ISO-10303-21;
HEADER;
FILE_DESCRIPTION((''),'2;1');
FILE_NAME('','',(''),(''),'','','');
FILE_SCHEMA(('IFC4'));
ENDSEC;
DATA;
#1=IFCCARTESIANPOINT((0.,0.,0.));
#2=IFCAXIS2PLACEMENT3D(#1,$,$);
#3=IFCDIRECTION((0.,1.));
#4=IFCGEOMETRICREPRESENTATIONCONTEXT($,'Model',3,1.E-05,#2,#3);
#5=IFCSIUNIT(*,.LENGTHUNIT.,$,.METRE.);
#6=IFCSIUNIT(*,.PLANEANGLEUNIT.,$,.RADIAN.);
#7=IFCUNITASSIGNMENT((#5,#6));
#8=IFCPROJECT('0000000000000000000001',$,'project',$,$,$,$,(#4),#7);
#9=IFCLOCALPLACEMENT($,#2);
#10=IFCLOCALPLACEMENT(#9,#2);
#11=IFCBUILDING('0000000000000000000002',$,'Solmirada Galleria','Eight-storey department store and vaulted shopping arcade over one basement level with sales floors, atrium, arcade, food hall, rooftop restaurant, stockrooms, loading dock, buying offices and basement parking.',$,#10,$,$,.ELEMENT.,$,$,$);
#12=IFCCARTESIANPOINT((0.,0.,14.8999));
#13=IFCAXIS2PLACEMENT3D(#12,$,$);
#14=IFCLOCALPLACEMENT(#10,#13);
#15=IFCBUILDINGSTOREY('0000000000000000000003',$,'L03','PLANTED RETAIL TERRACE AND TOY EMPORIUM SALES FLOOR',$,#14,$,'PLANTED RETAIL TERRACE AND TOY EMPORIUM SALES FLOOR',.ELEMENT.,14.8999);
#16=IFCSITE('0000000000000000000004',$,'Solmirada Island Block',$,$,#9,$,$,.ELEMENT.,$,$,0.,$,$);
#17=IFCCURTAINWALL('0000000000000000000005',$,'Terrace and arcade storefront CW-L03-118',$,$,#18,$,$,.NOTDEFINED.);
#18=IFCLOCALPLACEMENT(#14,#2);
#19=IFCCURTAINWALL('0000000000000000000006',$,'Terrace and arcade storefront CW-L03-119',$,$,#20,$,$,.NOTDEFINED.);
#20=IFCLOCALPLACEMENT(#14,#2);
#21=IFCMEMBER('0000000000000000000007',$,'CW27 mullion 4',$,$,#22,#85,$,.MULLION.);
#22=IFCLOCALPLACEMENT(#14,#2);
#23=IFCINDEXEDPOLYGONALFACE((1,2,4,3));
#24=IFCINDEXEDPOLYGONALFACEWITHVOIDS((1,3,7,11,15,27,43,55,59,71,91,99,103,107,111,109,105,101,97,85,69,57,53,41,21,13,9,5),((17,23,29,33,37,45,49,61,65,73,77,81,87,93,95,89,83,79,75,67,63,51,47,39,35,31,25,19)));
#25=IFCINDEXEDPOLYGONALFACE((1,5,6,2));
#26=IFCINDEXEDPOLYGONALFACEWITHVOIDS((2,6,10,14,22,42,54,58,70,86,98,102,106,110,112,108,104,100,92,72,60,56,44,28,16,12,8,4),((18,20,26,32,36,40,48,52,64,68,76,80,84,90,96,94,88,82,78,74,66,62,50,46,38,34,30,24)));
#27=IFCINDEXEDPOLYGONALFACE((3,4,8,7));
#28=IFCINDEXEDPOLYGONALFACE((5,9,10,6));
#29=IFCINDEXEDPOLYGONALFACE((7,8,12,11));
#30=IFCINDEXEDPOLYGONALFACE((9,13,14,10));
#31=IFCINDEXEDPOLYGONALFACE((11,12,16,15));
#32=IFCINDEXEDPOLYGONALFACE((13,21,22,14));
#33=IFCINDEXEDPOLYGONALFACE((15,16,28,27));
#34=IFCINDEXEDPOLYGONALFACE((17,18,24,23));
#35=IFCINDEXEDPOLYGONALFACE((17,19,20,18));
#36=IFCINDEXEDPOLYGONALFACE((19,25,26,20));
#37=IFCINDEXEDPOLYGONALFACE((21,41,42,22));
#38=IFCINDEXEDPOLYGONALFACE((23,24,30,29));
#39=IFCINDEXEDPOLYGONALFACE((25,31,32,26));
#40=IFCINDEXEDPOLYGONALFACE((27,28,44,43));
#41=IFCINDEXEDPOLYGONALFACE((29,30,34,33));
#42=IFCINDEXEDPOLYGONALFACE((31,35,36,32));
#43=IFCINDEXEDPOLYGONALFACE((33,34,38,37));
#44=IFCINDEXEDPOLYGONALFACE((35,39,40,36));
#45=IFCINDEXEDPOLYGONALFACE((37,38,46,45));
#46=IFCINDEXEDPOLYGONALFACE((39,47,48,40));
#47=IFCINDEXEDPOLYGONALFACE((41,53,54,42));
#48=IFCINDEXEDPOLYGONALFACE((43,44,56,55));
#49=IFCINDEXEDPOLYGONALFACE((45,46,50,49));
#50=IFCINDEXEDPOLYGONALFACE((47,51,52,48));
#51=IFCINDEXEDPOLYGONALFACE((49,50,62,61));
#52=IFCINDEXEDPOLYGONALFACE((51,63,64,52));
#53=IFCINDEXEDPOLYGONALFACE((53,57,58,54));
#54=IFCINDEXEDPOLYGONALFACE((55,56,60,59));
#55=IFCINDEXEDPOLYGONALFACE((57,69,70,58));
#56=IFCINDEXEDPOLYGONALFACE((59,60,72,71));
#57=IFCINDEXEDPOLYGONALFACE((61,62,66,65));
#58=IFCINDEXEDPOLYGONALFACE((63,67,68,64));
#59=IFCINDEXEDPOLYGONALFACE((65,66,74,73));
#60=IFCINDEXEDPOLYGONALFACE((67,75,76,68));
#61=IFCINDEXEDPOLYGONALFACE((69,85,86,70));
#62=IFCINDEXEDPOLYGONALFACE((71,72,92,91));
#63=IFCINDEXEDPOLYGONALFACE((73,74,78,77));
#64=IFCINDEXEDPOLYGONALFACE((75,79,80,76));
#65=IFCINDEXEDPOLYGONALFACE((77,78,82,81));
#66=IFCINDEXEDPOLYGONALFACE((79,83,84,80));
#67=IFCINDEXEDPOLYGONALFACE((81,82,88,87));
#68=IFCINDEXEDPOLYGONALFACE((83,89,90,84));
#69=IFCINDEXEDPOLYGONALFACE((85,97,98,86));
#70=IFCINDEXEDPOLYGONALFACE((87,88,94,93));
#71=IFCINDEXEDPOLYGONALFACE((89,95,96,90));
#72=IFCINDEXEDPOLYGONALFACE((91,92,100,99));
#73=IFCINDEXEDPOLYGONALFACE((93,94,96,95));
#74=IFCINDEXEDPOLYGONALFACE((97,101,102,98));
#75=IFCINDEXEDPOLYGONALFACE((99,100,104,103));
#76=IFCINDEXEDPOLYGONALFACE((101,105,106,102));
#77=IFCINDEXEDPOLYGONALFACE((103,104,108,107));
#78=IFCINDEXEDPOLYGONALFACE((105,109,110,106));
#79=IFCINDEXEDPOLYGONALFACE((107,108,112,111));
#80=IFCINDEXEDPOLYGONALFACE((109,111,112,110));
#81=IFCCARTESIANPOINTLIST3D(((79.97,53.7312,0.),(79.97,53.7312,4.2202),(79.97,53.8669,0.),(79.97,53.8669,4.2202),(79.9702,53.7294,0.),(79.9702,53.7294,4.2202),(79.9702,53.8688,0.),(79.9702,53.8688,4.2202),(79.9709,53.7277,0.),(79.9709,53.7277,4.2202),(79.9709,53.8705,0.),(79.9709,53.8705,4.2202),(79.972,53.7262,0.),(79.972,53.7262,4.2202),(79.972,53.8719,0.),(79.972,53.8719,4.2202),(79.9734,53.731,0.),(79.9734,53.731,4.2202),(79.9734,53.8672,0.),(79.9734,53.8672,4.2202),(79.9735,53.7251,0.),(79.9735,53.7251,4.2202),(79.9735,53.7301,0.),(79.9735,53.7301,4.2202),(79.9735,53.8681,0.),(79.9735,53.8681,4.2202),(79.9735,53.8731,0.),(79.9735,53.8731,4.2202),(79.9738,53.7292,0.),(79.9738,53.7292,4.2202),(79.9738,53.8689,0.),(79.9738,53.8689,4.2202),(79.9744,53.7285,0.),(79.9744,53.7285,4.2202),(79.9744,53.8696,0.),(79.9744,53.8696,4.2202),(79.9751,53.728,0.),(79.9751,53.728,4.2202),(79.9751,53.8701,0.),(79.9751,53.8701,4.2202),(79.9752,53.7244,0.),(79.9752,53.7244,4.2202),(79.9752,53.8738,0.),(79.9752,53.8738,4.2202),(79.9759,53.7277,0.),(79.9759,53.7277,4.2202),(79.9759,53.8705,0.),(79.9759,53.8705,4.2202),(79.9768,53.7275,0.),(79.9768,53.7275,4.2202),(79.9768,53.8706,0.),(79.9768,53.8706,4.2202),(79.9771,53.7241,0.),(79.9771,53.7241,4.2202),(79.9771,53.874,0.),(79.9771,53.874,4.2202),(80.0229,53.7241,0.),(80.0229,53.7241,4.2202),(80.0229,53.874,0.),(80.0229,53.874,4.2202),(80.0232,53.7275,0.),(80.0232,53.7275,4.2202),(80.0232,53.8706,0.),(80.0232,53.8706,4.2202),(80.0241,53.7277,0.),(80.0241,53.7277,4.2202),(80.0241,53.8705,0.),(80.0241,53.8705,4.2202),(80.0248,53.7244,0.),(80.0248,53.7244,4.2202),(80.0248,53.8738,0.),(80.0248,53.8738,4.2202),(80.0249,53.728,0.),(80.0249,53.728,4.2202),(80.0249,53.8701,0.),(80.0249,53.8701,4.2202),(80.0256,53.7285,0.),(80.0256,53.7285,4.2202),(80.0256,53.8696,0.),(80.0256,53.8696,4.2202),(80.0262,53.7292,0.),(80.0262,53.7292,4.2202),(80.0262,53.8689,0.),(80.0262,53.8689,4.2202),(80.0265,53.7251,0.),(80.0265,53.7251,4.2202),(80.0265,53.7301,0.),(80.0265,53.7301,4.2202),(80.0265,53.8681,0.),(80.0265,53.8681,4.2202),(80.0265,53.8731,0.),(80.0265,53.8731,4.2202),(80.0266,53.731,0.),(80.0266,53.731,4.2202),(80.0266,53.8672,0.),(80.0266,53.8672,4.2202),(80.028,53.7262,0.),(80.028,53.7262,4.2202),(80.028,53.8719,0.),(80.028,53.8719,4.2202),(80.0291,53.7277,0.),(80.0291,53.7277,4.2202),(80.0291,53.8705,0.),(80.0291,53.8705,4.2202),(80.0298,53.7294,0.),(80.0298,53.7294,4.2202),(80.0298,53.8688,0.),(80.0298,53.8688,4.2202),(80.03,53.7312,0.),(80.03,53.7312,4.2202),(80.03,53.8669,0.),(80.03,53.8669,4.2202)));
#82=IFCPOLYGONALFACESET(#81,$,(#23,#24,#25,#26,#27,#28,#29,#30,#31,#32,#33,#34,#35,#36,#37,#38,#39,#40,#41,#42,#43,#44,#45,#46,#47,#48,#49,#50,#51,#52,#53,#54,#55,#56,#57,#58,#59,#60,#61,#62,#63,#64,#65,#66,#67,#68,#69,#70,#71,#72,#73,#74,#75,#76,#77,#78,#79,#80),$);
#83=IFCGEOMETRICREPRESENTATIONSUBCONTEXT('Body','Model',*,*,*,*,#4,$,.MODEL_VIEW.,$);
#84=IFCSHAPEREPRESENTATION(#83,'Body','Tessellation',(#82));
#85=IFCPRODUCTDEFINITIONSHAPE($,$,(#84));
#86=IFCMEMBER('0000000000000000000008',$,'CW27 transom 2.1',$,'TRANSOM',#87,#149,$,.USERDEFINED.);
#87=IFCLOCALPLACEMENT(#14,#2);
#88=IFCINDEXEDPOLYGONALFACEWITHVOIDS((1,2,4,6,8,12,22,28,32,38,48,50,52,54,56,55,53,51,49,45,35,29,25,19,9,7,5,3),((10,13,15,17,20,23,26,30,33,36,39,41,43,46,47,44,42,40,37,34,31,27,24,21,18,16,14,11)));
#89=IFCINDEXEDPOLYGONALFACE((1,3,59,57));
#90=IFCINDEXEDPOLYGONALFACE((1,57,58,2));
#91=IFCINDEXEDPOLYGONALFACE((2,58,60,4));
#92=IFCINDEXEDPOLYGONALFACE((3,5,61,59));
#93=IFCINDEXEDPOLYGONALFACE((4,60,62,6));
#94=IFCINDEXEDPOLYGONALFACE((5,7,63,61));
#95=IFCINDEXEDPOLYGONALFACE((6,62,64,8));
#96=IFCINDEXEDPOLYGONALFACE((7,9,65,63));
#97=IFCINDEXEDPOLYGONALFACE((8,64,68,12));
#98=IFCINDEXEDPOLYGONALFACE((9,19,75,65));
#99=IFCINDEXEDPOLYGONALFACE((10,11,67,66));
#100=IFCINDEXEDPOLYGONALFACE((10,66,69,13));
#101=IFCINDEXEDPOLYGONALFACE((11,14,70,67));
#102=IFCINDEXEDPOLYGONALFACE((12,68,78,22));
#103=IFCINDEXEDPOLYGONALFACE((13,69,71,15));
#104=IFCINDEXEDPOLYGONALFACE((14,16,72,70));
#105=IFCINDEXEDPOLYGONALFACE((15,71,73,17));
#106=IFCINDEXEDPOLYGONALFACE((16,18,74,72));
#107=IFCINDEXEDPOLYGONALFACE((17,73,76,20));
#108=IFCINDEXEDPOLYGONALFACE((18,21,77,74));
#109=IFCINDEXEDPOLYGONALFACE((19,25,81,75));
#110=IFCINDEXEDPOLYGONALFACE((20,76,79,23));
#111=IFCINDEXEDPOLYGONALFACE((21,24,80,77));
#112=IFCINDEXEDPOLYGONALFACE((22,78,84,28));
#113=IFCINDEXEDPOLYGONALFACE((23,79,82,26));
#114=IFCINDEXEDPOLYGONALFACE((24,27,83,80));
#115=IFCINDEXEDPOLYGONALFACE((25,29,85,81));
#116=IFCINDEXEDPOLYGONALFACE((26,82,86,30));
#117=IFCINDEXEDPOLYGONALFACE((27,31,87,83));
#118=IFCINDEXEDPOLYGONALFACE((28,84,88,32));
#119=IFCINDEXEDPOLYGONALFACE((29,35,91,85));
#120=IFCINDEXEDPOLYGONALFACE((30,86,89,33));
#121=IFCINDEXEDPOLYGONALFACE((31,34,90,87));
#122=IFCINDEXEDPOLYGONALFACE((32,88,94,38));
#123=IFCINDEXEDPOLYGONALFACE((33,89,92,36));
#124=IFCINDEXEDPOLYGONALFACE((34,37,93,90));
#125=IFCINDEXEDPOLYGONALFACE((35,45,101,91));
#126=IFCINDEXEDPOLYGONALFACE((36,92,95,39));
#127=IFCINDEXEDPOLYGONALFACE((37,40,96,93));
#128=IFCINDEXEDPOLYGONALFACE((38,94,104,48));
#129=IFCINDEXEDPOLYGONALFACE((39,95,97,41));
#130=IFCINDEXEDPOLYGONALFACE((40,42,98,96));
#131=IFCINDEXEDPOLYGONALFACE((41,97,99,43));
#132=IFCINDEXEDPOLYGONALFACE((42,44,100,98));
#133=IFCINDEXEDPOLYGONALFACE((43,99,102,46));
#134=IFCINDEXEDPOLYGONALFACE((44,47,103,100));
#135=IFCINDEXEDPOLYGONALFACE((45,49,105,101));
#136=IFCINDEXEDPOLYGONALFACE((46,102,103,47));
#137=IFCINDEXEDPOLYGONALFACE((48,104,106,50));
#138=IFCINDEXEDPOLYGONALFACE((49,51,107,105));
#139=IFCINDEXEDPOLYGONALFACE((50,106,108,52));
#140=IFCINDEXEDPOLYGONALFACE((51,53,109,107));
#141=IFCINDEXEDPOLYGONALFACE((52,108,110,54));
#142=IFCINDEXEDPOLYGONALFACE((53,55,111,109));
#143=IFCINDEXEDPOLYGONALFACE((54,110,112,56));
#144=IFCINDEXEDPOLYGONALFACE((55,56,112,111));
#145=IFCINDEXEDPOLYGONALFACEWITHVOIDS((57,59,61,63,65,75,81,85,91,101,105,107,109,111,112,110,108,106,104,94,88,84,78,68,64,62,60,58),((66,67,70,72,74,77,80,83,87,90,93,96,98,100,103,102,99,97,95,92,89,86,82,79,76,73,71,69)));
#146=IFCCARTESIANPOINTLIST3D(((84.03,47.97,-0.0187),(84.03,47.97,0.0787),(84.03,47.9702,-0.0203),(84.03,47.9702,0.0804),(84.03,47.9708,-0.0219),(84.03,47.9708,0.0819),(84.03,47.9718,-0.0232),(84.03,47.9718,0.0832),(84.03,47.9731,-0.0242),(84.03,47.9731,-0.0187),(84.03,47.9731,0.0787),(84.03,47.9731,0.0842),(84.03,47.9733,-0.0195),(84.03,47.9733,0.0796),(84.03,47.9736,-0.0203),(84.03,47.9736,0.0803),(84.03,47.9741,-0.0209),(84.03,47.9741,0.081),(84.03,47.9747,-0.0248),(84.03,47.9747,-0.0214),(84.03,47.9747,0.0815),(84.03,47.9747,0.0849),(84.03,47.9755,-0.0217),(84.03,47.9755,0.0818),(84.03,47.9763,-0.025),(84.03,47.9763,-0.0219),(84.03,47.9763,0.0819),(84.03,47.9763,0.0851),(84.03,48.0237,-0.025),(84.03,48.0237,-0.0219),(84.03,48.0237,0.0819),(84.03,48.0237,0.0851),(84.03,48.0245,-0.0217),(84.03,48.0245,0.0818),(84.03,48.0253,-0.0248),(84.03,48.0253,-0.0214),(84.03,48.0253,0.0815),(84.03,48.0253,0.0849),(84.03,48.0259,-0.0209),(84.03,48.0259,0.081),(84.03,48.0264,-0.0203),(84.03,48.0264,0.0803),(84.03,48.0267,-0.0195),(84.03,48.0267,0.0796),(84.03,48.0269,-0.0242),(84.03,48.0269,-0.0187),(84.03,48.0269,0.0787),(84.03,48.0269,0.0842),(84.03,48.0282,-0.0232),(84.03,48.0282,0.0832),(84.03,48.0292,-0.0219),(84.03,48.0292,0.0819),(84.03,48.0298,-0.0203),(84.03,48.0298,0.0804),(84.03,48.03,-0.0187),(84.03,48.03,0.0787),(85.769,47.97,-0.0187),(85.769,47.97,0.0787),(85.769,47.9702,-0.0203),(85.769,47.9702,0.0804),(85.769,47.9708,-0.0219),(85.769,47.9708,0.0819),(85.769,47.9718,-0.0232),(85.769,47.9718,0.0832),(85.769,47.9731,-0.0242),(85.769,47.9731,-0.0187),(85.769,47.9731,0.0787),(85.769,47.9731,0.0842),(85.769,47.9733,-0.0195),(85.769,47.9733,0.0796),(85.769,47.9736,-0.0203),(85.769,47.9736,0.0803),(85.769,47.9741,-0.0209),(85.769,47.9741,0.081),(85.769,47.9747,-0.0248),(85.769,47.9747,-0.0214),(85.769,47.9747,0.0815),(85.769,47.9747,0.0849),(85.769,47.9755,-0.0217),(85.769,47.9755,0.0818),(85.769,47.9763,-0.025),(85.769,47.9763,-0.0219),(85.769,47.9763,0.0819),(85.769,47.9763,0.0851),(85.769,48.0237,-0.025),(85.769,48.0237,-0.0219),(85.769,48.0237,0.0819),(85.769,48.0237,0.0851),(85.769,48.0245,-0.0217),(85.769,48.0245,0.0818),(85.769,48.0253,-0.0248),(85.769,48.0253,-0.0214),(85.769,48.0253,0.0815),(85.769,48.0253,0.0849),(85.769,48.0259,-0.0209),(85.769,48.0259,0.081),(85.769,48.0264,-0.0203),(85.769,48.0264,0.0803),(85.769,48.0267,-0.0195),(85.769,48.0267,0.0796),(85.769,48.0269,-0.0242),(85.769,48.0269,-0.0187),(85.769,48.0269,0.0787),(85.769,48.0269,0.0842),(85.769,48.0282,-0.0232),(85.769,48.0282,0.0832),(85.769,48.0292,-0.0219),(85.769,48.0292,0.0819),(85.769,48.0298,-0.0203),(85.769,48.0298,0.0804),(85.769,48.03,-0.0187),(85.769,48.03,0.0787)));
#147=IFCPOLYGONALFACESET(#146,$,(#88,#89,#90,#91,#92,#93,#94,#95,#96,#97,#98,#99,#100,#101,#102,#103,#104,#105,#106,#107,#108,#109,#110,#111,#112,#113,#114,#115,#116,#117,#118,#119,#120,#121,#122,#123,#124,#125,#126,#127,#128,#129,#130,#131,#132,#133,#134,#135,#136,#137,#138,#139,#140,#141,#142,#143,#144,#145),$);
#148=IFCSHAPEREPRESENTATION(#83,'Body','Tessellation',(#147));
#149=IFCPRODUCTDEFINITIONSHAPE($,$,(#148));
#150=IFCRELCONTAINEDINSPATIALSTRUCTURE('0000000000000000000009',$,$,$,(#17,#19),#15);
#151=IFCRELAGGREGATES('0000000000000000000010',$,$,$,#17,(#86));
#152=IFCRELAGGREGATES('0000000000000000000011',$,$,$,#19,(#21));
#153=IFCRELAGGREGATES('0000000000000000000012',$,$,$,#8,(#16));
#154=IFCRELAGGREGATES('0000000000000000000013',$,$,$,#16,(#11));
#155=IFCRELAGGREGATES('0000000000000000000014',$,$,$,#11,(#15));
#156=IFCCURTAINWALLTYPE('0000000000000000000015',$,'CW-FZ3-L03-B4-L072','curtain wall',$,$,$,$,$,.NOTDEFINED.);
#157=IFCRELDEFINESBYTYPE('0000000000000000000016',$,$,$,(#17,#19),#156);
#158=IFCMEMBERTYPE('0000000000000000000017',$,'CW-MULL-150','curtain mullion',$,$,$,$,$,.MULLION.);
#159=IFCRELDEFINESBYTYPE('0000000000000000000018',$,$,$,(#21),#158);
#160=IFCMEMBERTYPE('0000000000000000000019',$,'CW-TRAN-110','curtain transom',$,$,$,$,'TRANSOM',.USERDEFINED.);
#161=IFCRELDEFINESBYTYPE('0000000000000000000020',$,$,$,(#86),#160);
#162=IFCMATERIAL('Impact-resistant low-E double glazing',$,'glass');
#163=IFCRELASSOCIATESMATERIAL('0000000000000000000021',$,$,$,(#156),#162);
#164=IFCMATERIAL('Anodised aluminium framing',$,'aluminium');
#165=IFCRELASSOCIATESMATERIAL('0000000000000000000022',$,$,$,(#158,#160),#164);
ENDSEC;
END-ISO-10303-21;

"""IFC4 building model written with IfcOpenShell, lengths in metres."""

from ifc_helpers import new_model, si_unit, direction, frame, origin, origin_2d, place, context, subcontext, project, spatial, hollow_rectangle, extrude, material, material_profile, profile_set, type_object, element, aggregate, save


model = new_model("IFC4")

# Units and contexts
model_context = context("Model", 3, precision=1e-05, world=origin(), true_north=direction((0.0, 1.0)))
body_context = subcontext(model_context, "Body", "Model", "MODEL_VIEW")
ifc_project = project(units=[si_unit("LENGTHUNIT", "METRE"), si_unit("PLANEANGLEUNIT", "RADIAN")], contexts=[model_context])

# Site, building, storey
site_placement = place(None, origin())
site = spatial("IfcSite", under=ifc_project, at=site_placement, Name="Solmirada Island Block", CompositionType="ELEMENT", RefElevation=0.0)
building_placement = place(site_placement, origin())
building = spatial("IfcBuilding", under=site, at=building_placement, Name="Solmirada Galleria", Description="Eight-storey department store and vaulted shopping arcade over one basement level with sales floors, atrium, arcade, food hall, rooftop restaurant, stockrooms, loading dock, buying offices and basement parking.", CompositionType="ELEMENT")
storey_placement = place(building_placement, frame((0.0, 0.0, 14.8999)))
storey = spatial("IfcBuildingStorey", under=building, at=storey_placement, Name="L03", Description="PLANTED RETAIL TERRACE AND TOY EMPORIUM SALES FLOOR", LongName="PLANTED RETAIL TERRACE AND TOY EMPORIUM SALES FLOOR", CompositionType="ELEMENT", Elevation=14.8999)

# Curtain walls, member
ifc_material_1 = material(Name="Impact-resistant low-E double glazing", Category="glass")
curtain_wall_type = type_object("IfcCurtainWallType", Name="CW-FZ3-L03-B4-L072", Description="curtain wall", PredefinedType="NOTDEFINED", material=ifc_material_1)
curtain_wall_1_placement = place(storey_placement, origin())
curtain_wall_1 = element("IfcCurtainWall", 1, at=curtain_wall_1_placement, inside=storey, type_object=curtain_wall_type, Name="Terrace and arcade storefront CW-L03-118", PredefinedType="NOTDEFINED")
ifc_material_2 = material(Name="Anodised aluminium framing", Category="aluminium")
ifc_material_profile_1 = material_profile(ifc_material_2, hollow_rectangle(XDim=0.0601, YDim=0.1499, WallThickness=0.0034, InnerFilletRadius=0.0034, OuterFilletRadius=0.0071, at=origin_2d()), Name="ALU-MULL-150X60")
ifc_profile_set_1 = profile_set([ifc_material_profile_1], Name="Anodised aluminium framing")
member_type_1 = type_object("IfcMemberType", Name="CW-MULL-150", Description="curtain mullion", PredefinedType="MULLION", material=ifc_profile_set_1)
curtain_wall_2_placement = place(storey_placement, origin())
curtain_wall_2 = element("IfcCurtainWall", 2, at=curtain_wall_2_placement, inside=storey, type_object=curtain_wall_type, Name="Terrace and arcade storefront CW-L03-119", PredefinedType="NOTDEFINED")
member_1_placement = place(storey_placement, frame((80.0, 53.7991, 0.0), z_axis=(0.0, 0.0, 1.0), x_axis=(-1.0, 0.0, 0.0)))
member_1 = element("IfcMember", 3, at=member_1_placement, type_object=member_type_1, Name="CW27 mullion 4", PredefinedType="MULLION", context=body_context, shape_type="SweptSolid", body=[
    extrude(hollow_rectangle(XDim=0.0601, YDim=0.1499, WallThickness=0.0034, InnerFilletRadius=0.0034, OuterFilletRadius=0.0071, at=origin_2d()), origin(), (0.0, 0.0, 1.0), 4.2202),
])

# Member
ifc_material_profile_2 = material_profile(ifc_material_2, hollow_rectangle(XDim=0.0601, YDim=0.1101, WallThickness=0.0032, InnerFilletRadius=0.0032, OuterFilletRadius=0.0063, at=origin_2d()), Name="ALU-TRAN-110X60")
ifc_profile_set_2 = profile_set([ifc_material_profile_2], Name="Anodised aluminium framing")
member_type_2 = type_object("IfcMemberType", Name="CW-TRAN-110", Description="curtain transom", ElementType="TRANSOM", PredefinedType="USERDEFINED", material=ifc_profile_set_2)
member_2_placement = place(storey_placement, frame((85.769, 48.0, 0.03), z_axis=(-1.0, 0.0, 0.0), x_axis=(0.0, -1.0, 0.0)))
member_2 = element("IfcMember", 4, at=member_2_placement, type_object=member_type_2, Name="CW27 transom 2.1", ObjectType="TRANSOM", PredefinedType="USERDEFINED", context=body_context, shape_type="SweptSolid", body=[
    extrude(hollow_rectangle(XDim=0.0601, YDim=0.1101, WallThickness=0.0032, InnerFilletRadius=0.0032, OuterFilletRadius=0.0063, at=origin_2d()), origin(), (0.0, 0.0, 1.0), 1.739),
])

aggregate(curtain_wall_1, [member_2])
aggregate(curtain_wall_2, [member_1])

save(model, "model.ifc")
